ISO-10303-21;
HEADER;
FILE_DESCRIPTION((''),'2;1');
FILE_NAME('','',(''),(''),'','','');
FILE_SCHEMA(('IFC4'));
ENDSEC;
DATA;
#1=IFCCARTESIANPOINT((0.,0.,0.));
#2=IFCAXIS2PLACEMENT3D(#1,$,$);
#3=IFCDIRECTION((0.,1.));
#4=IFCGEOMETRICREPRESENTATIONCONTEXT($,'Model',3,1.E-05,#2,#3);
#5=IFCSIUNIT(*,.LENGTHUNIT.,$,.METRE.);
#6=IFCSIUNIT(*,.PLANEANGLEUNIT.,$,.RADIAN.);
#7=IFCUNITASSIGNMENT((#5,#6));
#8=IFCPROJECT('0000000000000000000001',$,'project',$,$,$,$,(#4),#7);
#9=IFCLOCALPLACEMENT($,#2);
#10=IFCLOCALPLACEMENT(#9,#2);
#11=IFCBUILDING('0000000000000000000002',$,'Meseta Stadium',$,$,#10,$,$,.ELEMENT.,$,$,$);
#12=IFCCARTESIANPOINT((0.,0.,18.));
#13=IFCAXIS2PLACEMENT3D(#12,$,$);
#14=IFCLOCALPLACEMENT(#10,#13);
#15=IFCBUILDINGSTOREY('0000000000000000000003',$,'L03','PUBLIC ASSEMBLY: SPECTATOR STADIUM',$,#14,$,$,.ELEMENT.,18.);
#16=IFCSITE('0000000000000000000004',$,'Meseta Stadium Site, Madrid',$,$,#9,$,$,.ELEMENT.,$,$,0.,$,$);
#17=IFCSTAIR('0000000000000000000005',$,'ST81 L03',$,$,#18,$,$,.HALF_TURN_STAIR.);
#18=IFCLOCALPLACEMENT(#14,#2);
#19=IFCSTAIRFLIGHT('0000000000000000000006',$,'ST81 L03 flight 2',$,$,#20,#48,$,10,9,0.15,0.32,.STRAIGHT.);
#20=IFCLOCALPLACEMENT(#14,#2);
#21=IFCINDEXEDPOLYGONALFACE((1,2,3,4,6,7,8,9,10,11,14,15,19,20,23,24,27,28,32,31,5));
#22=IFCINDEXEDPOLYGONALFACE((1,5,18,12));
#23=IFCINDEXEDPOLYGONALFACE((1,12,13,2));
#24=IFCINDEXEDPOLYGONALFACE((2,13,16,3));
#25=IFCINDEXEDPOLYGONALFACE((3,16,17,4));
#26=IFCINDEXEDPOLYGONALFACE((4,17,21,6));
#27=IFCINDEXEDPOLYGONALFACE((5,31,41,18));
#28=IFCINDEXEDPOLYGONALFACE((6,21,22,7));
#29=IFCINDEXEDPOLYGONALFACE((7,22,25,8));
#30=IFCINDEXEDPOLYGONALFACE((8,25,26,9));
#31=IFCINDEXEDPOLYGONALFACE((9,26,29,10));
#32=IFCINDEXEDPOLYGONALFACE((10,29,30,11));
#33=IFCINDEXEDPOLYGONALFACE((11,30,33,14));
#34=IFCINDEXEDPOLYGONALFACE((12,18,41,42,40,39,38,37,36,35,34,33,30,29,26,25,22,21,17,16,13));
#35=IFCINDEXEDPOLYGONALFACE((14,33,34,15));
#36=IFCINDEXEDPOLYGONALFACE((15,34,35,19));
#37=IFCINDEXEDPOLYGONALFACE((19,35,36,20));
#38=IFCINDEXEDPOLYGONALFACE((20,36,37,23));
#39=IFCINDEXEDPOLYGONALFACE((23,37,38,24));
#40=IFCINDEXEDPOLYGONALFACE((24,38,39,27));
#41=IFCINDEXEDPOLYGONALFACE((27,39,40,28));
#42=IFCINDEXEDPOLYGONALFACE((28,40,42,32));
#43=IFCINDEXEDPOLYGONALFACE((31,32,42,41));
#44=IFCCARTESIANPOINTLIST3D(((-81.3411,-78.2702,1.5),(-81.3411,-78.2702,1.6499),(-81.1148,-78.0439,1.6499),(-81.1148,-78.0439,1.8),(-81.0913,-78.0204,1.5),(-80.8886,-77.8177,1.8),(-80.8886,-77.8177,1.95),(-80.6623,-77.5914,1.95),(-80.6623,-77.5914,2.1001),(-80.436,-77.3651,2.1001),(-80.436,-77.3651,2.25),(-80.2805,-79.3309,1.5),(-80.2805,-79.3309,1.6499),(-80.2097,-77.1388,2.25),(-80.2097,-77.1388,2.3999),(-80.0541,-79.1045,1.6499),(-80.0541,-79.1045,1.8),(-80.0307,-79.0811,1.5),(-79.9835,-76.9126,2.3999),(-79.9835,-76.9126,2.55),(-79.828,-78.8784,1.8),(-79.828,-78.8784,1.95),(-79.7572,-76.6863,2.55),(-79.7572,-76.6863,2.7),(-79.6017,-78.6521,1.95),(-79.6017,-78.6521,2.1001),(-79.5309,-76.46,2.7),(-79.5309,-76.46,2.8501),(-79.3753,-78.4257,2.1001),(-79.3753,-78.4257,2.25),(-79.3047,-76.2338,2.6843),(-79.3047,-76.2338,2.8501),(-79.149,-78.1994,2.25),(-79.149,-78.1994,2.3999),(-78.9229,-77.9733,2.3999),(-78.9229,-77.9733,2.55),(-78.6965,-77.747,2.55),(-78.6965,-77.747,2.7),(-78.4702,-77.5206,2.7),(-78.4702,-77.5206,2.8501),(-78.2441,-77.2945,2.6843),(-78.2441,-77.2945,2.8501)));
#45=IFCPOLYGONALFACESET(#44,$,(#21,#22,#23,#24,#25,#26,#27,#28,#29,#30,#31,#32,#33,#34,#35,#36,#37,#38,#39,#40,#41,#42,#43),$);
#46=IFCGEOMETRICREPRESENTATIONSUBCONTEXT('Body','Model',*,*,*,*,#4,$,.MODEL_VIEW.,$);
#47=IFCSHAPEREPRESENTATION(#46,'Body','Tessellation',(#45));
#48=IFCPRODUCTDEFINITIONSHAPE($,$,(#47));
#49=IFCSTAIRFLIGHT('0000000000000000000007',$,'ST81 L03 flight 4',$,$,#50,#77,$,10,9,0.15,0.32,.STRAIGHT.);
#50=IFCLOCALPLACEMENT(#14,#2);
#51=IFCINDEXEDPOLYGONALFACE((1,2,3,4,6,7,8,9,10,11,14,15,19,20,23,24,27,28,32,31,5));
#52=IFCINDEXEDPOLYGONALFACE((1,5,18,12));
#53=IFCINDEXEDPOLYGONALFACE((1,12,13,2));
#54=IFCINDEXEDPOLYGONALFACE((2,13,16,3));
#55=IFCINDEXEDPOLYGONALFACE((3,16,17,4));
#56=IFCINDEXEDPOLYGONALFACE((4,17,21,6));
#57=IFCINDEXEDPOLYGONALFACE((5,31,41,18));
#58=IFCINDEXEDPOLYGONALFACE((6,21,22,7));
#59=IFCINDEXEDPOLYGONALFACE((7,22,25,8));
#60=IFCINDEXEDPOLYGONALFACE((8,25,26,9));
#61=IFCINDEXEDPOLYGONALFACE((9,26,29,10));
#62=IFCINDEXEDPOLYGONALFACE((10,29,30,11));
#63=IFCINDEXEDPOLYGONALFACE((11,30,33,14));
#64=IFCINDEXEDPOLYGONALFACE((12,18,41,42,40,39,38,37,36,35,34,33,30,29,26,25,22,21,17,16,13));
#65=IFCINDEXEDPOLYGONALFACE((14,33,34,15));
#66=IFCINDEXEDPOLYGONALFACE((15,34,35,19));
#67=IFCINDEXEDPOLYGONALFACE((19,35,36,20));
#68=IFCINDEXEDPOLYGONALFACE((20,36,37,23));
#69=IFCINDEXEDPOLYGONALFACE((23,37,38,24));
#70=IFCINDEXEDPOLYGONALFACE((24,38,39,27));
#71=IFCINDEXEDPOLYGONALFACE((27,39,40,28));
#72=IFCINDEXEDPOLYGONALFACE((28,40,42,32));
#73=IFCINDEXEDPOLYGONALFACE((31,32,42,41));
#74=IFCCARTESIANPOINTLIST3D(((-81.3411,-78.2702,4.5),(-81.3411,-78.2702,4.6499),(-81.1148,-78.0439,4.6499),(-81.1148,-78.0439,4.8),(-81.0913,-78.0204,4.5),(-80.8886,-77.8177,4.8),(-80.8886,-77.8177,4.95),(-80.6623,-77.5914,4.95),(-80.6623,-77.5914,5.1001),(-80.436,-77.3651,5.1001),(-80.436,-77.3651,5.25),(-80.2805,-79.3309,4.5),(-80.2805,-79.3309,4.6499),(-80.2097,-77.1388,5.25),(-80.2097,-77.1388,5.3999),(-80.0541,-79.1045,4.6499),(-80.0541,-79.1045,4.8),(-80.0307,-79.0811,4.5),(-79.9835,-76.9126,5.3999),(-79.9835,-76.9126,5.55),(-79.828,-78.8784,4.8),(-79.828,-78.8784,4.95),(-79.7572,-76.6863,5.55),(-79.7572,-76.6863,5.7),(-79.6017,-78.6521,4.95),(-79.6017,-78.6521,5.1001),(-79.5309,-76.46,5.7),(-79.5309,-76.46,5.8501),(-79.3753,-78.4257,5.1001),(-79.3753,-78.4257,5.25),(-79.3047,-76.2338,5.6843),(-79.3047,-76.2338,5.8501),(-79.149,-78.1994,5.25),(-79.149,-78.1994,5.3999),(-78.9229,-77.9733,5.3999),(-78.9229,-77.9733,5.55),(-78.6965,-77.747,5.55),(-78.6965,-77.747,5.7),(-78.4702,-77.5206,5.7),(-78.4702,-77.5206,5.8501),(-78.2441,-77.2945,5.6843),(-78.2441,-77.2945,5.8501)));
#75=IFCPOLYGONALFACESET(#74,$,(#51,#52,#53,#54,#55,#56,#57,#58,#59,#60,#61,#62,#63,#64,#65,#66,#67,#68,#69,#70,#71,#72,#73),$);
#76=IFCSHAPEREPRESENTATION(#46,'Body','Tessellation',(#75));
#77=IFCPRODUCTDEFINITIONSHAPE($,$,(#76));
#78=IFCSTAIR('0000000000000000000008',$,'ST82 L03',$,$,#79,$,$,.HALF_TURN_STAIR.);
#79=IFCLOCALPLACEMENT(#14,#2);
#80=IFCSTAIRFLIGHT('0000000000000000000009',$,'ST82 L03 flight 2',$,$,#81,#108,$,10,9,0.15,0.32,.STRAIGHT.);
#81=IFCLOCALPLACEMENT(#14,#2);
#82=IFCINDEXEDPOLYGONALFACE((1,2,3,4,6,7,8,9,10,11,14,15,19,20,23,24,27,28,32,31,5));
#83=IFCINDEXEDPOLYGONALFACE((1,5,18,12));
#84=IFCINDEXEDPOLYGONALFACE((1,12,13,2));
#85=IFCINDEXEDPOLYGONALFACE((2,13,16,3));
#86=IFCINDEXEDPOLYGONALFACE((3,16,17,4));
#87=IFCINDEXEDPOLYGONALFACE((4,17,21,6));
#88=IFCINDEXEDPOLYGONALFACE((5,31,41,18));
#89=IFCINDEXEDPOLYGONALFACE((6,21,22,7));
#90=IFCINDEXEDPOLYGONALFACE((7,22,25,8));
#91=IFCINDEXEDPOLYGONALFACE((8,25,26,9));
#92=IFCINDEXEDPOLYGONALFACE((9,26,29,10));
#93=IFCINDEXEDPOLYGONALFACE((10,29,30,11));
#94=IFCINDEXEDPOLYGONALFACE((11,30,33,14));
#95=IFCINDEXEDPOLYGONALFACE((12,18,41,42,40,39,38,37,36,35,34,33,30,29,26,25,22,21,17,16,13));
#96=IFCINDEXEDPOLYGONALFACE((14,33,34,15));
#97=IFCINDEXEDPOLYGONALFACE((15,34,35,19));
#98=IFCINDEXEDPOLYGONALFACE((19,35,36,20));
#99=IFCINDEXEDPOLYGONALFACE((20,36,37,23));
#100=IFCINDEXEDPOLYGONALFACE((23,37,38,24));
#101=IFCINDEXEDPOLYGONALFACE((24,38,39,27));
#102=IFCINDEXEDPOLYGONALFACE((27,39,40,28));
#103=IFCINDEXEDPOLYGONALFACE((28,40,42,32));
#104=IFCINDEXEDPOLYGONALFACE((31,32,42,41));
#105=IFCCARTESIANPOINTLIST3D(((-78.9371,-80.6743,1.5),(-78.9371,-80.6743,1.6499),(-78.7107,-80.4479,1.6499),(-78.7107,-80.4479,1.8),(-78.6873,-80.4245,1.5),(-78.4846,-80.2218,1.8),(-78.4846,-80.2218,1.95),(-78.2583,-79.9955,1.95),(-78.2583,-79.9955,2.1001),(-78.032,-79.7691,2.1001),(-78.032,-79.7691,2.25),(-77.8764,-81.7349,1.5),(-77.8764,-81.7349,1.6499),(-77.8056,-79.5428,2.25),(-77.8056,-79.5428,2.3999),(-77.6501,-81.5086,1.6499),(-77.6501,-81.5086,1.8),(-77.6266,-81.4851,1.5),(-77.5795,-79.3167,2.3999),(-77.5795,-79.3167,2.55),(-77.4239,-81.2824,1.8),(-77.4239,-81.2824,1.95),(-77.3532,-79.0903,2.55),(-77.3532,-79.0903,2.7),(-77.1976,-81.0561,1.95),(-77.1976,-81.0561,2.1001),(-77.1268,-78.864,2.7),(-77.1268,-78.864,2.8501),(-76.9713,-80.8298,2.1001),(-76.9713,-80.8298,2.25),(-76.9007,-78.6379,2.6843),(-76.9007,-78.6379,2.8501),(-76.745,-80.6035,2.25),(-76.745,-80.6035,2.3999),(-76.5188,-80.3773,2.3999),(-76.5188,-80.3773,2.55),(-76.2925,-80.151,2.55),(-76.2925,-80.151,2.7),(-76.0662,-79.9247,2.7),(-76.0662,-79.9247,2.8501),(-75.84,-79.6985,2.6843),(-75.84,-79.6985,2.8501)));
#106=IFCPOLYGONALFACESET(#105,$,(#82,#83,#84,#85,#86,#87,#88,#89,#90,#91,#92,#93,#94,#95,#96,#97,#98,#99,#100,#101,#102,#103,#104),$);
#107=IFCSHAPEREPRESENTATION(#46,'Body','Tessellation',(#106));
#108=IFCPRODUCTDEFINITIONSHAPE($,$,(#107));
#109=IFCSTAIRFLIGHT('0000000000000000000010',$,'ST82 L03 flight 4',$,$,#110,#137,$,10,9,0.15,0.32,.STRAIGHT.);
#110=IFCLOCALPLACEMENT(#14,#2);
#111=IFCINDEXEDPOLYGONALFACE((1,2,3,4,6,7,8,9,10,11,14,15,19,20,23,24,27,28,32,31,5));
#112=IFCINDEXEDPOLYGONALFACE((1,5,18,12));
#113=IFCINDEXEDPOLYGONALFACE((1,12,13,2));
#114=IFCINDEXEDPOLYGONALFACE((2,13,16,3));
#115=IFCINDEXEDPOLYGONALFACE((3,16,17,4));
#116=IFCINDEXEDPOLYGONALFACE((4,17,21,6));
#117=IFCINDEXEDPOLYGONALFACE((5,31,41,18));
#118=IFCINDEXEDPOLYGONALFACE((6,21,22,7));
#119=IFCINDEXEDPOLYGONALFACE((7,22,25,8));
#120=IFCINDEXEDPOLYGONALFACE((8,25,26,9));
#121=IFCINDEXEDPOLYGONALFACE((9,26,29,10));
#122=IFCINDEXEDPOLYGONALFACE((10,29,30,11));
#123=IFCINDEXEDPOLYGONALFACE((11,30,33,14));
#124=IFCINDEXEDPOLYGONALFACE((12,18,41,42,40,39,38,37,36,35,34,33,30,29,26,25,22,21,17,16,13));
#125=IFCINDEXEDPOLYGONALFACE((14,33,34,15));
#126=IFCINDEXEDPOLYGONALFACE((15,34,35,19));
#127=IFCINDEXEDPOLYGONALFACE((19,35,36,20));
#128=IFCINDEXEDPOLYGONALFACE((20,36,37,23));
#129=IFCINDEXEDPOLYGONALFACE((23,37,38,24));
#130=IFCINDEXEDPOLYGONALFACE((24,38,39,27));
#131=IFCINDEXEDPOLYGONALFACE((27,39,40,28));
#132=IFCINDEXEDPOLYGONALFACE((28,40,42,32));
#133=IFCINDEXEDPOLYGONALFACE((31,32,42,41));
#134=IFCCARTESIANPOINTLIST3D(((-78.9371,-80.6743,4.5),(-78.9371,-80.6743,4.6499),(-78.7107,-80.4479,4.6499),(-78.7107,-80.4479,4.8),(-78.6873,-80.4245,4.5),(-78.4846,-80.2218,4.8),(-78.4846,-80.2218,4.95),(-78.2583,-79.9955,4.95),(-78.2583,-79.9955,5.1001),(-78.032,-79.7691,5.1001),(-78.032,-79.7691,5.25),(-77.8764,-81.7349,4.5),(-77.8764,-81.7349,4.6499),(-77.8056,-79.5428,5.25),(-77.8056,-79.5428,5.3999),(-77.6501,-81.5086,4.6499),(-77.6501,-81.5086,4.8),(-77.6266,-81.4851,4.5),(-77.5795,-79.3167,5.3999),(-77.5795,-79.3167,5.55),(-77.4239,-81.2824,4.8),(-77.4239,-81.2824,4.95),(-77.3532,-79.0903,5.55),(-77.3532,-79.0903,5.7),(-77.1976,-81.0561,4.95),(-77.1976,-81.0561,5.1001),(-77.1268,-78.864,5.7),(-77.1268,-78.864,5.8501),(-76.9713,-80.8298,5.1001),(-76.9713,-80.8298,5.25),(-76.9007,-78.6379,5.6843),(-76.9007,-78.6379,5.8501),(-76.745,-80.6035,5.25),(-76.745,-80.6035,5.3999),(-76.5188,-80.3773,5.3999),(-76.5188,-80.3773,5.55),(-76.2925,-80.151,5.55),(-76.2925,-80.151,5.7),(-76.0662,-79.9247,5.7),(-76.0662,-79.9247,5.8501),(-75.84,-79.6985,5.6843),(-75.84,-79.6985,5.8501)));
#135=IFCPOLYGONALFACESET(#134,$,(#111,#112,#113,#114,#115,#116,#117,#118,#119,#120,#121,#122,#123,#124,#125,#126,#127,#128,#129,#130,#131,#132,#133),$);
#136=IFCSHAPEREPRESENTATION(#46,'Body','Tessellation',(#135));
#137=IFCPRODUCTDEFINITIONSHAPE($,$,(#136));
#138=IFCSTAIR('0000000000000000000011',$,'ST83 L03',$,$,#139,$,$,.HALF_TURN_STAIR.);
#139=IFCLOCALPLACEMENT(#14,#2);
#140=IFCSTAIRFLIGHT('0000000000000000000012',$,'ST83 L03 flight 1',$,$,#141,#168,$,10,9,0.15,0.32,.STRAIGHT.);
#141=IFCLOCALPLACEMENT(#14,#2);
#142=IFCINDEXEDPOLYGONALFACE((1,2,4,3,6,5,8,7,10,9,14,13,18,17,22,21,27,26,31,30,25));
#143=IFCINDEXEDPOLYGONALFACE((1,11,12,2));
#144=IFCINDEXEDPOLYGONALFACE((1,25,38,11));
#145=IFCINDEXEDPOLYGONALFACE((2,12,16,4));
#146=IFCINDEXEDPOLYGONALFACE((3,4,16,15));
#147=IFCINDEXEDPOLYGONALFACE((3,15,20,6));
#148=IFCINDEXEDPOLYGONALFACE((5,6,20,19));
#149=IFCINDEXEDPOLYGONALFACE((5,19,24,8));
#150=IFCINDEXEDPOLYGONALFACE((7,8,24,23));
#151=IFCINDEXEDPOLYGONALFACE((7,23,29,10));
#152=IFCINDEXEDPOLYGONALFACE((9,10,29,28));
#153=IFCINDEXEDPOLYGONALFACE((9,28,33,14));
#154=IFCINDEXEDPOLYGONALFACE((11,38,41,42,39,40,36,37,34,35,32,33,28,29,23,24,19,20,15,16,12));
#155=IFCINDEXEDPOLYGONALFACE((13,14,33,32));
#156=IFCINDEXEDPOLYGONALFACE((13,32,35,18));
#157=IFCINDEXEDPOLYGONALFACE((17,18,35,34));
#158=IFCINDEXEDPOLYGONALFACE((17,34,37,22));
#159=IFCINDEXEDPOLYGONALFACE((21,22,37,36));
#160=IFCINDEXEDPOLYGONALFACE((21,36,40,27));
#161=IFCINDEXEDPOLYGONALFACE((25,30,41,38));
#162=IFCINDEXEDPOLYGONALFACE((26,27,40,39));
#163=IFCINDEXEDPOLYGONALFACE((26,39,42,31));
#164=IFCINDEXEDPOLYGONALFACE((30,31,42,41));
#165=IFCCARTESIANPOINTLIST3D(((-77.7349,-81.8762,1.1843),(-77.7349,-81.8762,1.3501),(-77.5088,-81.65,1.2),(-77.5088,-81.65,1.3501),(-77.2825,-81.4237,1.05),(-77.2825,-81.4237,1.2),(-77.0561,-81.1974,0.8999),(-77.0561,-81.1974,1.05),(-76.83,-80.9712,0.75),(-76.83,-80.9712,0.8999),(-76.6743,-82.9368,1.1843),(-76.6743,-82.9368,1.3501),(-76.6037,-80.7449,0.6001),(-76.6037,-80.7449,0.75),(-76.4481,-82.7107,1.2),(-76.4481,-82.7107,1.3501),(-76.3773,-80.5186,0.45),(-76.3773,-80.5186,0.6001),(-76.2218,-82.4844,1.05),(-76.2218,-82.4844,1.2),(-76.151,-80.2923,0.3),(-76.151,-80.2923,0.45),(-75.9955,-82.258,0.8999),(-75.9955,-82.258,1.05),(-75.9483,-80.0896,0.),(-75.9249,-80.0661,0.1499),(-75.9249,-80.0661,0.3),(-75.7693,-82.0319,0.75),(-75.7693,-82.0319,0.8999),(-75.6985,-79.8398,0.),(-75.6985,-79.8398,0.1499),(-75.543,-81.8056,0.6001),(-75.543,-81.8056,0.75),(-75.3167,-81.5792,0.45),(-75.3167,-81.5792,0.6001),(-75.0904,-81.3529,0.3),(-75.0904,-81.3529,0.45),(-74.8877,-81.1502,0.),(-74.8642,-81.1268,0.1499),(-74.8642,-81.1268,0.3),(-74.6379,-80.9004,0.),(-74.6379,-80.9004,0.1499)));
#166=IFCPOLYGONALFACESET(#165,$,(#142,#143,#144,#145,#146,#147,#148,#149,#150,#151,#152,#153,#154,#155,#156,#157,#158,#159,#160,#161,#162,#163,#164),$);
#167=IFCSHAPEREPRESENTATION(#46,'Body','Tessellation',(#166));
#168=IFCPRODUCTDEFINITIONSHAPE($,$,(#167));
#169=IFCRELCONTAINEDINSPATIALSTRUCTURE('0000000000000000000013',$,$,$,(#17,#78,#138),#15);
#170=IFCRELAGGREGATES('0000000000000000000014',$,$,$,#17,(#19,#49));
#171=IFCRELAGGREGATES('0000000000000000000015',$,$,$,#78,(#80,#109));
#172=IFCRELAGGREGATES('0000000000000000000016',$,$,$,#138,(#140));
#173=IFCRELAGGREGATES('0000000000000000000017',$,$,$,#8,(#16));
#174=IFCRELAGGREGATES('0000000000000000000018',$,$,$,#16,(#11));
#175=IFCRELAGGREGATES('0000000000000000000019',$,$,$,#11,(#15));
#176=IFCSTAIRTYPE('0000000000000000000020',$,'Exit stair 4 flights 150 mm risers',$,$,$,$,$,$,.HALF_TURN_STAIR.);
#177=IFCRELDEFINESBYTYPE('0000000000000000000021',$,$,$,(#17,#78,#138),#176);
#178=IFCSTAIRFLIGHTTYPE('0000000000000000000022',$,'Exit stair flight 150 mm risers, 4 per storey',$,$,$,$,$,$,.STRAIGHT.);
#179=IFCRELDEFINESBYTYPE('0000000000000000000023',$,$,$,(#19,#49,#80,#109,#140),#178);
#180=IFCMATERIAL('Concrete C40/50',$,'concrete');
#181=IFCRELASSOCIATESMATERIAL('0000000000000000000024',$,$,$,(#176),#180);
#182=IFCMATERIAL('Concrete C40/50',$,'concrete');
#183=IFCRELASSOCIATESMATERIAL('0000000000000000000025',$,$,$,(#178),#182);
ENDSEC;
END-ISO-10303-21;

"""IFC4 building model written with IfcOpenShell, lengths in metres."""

from ifc_helpers import new_model, si_unit, direction, frame, origin, place, context, subcontext, project, spatial, polyline, outline, extrude, material, type_object, element, aggregate, save


model = new_model("IFC4")

# Units and contexts
model_context = context("Model", 3, precision=1e-05, world=origin(), true_north=direction((0.0, 1.0)))
body_context = subcontext(model_context, "Body", "Model", "MODEL_VIEW")
ifc_project = project(units=[si_unit("LENGTHUNIT", "METRE"), si_unit("PLANEANGLEUNIT", "RADIAN")], contexts=[model_context])

# Site, building, storey
site_placement = place(None, origin())
site = spatial("IfcSite", under=ifc_project, at=site_placement, Name="Meseta Stadium Site, Madrid", CompositionType="ELEMENT", RefElevation=0.0)
building_placement = place(site_placement, origin())
building = spatial("IfcBuilding", under=site, at=building_placement, Name="Meseta Stadium", CompositionType="ELEMENT")
storey_placement = place(building_placement, frame((0.0, 0.0, 18.0)))
storey = spatial("IfcBuildingStorey", under=building, at=storey_placement, Name="L03", Description="PUBLIC ASSEMBLY: SPECTATOR STADIUM", CompositionType="ELEMENT", Elevation=18.0)

# Stairs, stair flights
ifc_material_1 = material(Name="Concrete C40/50", Category="concrete")
stair_type = type_object("IfcStairType", Name="Exit stair 4 flights 150 mm risers", PredefinedType="HALF_TURN_STAIR", material=ifc_material_1)
stair_1_placement = place(storey_placement, origin())
stair_1 = element("IfcStair", 1, at=stair_1_placement, inside=storey, type_object=stair_type, Name="ST81 L03", PredefinedType="HALF_TURN_STAIR")
ifc_material_2 = material(Name="Concrete C40/50", Category="concrete")
stair_flight_type = type_object("IfcStairFlightType", Name="Exit stair flight 150 mm risers, 4 per storey", PredefinedType="STRAIGHT", material=ifc_material_2)
stair_flight_1_placement = place(storey_placement, frame((-80.8108, -78.8005, 1.5), z_axis=(0.0, 0.0, 1.0), x_axis=(0.707107, 0.707107, 0.0)))
stair_flight_1 = element("IfcStairFlight", 2, at=stair_flight_1_placement, type_object=stair_flight_type, Name="ST81 L03 flight 2", NumberOfRisers=10, NumberOfTreads=9, PredefinedType="STRAIGHT", RiserHeight=0.15, TreadLength=0.32, context=body_context, shape_type="SweptSolid", body=[
    extrude(outline(polyline([(0.0, 0.0), (0.0, 0.1499), (0.3201, 0.1499), (0.3201, 0.3), (0.6399, 0.3), (0.6399, 0.45), (0.96, 0.45), (0.96, 0.6001), (1.28, 0.6001), (1.28, 0.75), (1.6001, 0.75), (1.6001, 0.8999), (1.9199, 0.8999), (1.9199, 1.05), (2.24, 1.05), (2.24, 1.2), (2.5601, 1.2), (2.5601, 1.3501), (2.8799, 1.3501), (2.8799, 1.1843), (0.3533, 0.0), (0.0, 0.0)])), frame((0.0, 0.75, 0.0), z_axis=(0.0, -1.0, 0.0), x_axis=(1.0, 0.0, 0.0)), (0.0, 0.0, 1.0), 1.5),
])
stair_flight_2_placement = place(storey_placement, frame((-80.8108, -78.8005, 4.5), z_axis=(0.0, 0.0, 1.0), x_axis=(0.707107, 0.707107, 0.0)))
stair_flight_2 = element("IfcStairFlight", 3, at=stair_flight_2_placement, type_object=stair_flight_type, Name="ST81 L03 flight 4", NumberOfRisers=10, NumberOfTreads=9, PredefinedType="STRAIGHT", RiserHeight=0.15, TreadLength=0.32, context=body_context, shape_type="SweptSolid", body=[
    extrude(outline(polyline([(0.0, 0.0), (0.0, 0.1499), (0.3201, 0.1499), (0.3201, 0.3), (0.6399, 0.3), (0.6399, 0.45), (0.96, 0.45), (0.96, 0.6001), (1.28, 0.6001), (1.28, 0.75), (1.6001, 0.75), (1.6001, 0.8999), (1.9199, 0.8999), (1.9199, 1.05), (2.24, 1.05), (2.24, 1.2), (2.5601, 1.2), (2.5601, 1.3501), (2.8799, 1.3501), (2.8799, 1.1843), (0.3533, 0.0), (0.0, 0.0)])), frame((0.0, 0.75, 0.0), z_axis=(0.0, -1.0, 0.0), x_axis=(1.0, 0.0, 0.0)), (0.0, 0.0, 1.0), 1.5),
])
aggregate(stair_1, [stair_flight_1, stair_flight_2])
stair_2_placement = place(storey_placement, origin())
stair_2 = element("IfcStair", 4, at=stair_2_placement, inside=storey, type_object=stair_type, Name="ST82 L03", PredefinedType="HALF_TURN_STAIR")
stair_flight_3_placement = place(storey_placement, frame((-78.4067, -81.2046, 1.5), z_axis=(0.0, 0.0, 1.0), x_axis=(0.707107, 0.707107, 0.0)))
stair_flight_3 = element("IfcStairFlight", 5, at=stair_flight_3_placement, type_object=stair_flight_type, Name="ST82 L03 flight 2", NumberOfRisers=10, NumberOfTreads=9, PredefinedType="STRAIGHT", RiserHeight=0.15, TreadLength=0.32, context=body_context, shape_type="SweptSolid", body=[
    extrude(outline(polyline([(0.0, 0.0), (0.0, 0.1499), (0.3201, 0.1499), (0.3201, 0.3), (0.6399, 0.3), (0.6399, 0.45), (0.96, 0.45), (0.96, 0.6001), (1.28, 0.6001), (1.28, 0.75), (1.6001, 0.75), (1.6001, 0.8999), (1.9199, 0.8999), (1.9199, 1.05), (2.24, 1.05), (2.24, 1.2), (2.5601, 1.2), (2.5601, 1.3501), (2.8799, 1.3501), (2.8799, 1.1843), (0.3533, 0.0), (0.0, 0.0)])), frame((0.0, 0.75, 0.0), z_axis=(0.0, -1.0, 0.0), x_axis=(1.0, 0.0, 0.0)), (0.0, 0.0, 1.0), 1.5),
])
stair_flight_4_placement = place(storey_placement, frame((-78.4067, -81.2046, 4.5), z_axis=(0.0, 0.0, 1.0), x_axis=(0.707107, 0.707107, 0.0)))
stair_flight_4 = element("IfcStairFlight", 6, at=stair_flight_4_placement, type_object=stair_flight_type, Name="ST82 L03 flight 4", NumberOfRisers=10, NumberOfTreads=9, PredefinedType="STRAIGHT", RiserHeight=0.15, TreadLength=0.32, context=body_context, shape_type="SweptSolid", body=[
    extrude(outline(polyline([(0.0, 0.0), (0.0, 0.1499), (0.3201, 0.1499), (0.3201, 0.3), (0.6399, 0.3), (0.6399, 0.45), (0.96, 0.45), (0.96, 0.6001), (1.28, 0.6001), (1.28, 0.75), (1.6001, 0.75), (1.6001, 0.8999), (1.9199, 0.8999), (1.9199, 1.05), (2.24, 1.05), (2.24, 1.2), (2.5601, 1.2), (2.5601, 1.3501), (2.8799, 1.3501), (2.8799, 1.1843), (0.3533, 0.0), (0.0, 0.0)])), frame((0.0, 0.75, 0.0), z_axis=(0.0, -1.0, 0.0), x_axis=(1.0, 0.0, 0.0)), (0.0, 0.0, 1.0), 1.5),
])
aggregate(stair_2, [stair_flight_3, stair_flight_4])
stair_3_placement = place(storey_placement, origin())
stair_3 = element("IfcStair", 7, at=stair_3_placement, inside=storey, type_object=stair_type, Name="ST83 L03", PredefinedType="HALF_TURN_STAIR")
stair_flight_5_placement = place(storey_placement, frame((-75.1682, -80.3701, 0.0), z_axis=(0.0, 0.0, 1.0), x_axis=(-0.707107, -0.707107, 0.0)))
stair_flight_5 = element("IfcStairFlight", 8, at=stair_flight_5_placement, type_object=stair_flight_type, Name="ST83 L03 flight 1", NumberOfRisers=10, NumberOfTreads=9, PredefinedType="STRAIGHT", RiserHeight=0.15, TreadLength=0.32, context=body_context, shape_type="SweptSolid", body=[
    extrude(outline(polyline([(0.0, 0.0), (0.0, 0.1499), (0.3201, 0.1499), (0.3201, 0.3), (0.6399, 0.3), (0.6399, 0.45), (0.96, 0.45), (0.96, 0.6001), (1.28, 0.6001), (1.28, 0.75), (1.6001, 0.75), (1.6001, 0.8999), (1.9199, 0.8999), (1.9199, 1.05), (2.24, 1.05), (2.24, 1.2), (2.5601, 1.2), (2.5601, 1.3501), (2.8799, 1.3501), (2.8799, 1.1843), (0.3533, 0.0), (0.0, 0.0)])), frame((0.0, 0.75, 0.0), z_axis=(0.0, -1.0, 0.0), x_axis=(1.0, 0.0, 0.0)), (0.0, 0.0, 1.0), 1.5),
])
aggregate(stair_3, [stair_flight_5])

save(model, "model.ifc")
